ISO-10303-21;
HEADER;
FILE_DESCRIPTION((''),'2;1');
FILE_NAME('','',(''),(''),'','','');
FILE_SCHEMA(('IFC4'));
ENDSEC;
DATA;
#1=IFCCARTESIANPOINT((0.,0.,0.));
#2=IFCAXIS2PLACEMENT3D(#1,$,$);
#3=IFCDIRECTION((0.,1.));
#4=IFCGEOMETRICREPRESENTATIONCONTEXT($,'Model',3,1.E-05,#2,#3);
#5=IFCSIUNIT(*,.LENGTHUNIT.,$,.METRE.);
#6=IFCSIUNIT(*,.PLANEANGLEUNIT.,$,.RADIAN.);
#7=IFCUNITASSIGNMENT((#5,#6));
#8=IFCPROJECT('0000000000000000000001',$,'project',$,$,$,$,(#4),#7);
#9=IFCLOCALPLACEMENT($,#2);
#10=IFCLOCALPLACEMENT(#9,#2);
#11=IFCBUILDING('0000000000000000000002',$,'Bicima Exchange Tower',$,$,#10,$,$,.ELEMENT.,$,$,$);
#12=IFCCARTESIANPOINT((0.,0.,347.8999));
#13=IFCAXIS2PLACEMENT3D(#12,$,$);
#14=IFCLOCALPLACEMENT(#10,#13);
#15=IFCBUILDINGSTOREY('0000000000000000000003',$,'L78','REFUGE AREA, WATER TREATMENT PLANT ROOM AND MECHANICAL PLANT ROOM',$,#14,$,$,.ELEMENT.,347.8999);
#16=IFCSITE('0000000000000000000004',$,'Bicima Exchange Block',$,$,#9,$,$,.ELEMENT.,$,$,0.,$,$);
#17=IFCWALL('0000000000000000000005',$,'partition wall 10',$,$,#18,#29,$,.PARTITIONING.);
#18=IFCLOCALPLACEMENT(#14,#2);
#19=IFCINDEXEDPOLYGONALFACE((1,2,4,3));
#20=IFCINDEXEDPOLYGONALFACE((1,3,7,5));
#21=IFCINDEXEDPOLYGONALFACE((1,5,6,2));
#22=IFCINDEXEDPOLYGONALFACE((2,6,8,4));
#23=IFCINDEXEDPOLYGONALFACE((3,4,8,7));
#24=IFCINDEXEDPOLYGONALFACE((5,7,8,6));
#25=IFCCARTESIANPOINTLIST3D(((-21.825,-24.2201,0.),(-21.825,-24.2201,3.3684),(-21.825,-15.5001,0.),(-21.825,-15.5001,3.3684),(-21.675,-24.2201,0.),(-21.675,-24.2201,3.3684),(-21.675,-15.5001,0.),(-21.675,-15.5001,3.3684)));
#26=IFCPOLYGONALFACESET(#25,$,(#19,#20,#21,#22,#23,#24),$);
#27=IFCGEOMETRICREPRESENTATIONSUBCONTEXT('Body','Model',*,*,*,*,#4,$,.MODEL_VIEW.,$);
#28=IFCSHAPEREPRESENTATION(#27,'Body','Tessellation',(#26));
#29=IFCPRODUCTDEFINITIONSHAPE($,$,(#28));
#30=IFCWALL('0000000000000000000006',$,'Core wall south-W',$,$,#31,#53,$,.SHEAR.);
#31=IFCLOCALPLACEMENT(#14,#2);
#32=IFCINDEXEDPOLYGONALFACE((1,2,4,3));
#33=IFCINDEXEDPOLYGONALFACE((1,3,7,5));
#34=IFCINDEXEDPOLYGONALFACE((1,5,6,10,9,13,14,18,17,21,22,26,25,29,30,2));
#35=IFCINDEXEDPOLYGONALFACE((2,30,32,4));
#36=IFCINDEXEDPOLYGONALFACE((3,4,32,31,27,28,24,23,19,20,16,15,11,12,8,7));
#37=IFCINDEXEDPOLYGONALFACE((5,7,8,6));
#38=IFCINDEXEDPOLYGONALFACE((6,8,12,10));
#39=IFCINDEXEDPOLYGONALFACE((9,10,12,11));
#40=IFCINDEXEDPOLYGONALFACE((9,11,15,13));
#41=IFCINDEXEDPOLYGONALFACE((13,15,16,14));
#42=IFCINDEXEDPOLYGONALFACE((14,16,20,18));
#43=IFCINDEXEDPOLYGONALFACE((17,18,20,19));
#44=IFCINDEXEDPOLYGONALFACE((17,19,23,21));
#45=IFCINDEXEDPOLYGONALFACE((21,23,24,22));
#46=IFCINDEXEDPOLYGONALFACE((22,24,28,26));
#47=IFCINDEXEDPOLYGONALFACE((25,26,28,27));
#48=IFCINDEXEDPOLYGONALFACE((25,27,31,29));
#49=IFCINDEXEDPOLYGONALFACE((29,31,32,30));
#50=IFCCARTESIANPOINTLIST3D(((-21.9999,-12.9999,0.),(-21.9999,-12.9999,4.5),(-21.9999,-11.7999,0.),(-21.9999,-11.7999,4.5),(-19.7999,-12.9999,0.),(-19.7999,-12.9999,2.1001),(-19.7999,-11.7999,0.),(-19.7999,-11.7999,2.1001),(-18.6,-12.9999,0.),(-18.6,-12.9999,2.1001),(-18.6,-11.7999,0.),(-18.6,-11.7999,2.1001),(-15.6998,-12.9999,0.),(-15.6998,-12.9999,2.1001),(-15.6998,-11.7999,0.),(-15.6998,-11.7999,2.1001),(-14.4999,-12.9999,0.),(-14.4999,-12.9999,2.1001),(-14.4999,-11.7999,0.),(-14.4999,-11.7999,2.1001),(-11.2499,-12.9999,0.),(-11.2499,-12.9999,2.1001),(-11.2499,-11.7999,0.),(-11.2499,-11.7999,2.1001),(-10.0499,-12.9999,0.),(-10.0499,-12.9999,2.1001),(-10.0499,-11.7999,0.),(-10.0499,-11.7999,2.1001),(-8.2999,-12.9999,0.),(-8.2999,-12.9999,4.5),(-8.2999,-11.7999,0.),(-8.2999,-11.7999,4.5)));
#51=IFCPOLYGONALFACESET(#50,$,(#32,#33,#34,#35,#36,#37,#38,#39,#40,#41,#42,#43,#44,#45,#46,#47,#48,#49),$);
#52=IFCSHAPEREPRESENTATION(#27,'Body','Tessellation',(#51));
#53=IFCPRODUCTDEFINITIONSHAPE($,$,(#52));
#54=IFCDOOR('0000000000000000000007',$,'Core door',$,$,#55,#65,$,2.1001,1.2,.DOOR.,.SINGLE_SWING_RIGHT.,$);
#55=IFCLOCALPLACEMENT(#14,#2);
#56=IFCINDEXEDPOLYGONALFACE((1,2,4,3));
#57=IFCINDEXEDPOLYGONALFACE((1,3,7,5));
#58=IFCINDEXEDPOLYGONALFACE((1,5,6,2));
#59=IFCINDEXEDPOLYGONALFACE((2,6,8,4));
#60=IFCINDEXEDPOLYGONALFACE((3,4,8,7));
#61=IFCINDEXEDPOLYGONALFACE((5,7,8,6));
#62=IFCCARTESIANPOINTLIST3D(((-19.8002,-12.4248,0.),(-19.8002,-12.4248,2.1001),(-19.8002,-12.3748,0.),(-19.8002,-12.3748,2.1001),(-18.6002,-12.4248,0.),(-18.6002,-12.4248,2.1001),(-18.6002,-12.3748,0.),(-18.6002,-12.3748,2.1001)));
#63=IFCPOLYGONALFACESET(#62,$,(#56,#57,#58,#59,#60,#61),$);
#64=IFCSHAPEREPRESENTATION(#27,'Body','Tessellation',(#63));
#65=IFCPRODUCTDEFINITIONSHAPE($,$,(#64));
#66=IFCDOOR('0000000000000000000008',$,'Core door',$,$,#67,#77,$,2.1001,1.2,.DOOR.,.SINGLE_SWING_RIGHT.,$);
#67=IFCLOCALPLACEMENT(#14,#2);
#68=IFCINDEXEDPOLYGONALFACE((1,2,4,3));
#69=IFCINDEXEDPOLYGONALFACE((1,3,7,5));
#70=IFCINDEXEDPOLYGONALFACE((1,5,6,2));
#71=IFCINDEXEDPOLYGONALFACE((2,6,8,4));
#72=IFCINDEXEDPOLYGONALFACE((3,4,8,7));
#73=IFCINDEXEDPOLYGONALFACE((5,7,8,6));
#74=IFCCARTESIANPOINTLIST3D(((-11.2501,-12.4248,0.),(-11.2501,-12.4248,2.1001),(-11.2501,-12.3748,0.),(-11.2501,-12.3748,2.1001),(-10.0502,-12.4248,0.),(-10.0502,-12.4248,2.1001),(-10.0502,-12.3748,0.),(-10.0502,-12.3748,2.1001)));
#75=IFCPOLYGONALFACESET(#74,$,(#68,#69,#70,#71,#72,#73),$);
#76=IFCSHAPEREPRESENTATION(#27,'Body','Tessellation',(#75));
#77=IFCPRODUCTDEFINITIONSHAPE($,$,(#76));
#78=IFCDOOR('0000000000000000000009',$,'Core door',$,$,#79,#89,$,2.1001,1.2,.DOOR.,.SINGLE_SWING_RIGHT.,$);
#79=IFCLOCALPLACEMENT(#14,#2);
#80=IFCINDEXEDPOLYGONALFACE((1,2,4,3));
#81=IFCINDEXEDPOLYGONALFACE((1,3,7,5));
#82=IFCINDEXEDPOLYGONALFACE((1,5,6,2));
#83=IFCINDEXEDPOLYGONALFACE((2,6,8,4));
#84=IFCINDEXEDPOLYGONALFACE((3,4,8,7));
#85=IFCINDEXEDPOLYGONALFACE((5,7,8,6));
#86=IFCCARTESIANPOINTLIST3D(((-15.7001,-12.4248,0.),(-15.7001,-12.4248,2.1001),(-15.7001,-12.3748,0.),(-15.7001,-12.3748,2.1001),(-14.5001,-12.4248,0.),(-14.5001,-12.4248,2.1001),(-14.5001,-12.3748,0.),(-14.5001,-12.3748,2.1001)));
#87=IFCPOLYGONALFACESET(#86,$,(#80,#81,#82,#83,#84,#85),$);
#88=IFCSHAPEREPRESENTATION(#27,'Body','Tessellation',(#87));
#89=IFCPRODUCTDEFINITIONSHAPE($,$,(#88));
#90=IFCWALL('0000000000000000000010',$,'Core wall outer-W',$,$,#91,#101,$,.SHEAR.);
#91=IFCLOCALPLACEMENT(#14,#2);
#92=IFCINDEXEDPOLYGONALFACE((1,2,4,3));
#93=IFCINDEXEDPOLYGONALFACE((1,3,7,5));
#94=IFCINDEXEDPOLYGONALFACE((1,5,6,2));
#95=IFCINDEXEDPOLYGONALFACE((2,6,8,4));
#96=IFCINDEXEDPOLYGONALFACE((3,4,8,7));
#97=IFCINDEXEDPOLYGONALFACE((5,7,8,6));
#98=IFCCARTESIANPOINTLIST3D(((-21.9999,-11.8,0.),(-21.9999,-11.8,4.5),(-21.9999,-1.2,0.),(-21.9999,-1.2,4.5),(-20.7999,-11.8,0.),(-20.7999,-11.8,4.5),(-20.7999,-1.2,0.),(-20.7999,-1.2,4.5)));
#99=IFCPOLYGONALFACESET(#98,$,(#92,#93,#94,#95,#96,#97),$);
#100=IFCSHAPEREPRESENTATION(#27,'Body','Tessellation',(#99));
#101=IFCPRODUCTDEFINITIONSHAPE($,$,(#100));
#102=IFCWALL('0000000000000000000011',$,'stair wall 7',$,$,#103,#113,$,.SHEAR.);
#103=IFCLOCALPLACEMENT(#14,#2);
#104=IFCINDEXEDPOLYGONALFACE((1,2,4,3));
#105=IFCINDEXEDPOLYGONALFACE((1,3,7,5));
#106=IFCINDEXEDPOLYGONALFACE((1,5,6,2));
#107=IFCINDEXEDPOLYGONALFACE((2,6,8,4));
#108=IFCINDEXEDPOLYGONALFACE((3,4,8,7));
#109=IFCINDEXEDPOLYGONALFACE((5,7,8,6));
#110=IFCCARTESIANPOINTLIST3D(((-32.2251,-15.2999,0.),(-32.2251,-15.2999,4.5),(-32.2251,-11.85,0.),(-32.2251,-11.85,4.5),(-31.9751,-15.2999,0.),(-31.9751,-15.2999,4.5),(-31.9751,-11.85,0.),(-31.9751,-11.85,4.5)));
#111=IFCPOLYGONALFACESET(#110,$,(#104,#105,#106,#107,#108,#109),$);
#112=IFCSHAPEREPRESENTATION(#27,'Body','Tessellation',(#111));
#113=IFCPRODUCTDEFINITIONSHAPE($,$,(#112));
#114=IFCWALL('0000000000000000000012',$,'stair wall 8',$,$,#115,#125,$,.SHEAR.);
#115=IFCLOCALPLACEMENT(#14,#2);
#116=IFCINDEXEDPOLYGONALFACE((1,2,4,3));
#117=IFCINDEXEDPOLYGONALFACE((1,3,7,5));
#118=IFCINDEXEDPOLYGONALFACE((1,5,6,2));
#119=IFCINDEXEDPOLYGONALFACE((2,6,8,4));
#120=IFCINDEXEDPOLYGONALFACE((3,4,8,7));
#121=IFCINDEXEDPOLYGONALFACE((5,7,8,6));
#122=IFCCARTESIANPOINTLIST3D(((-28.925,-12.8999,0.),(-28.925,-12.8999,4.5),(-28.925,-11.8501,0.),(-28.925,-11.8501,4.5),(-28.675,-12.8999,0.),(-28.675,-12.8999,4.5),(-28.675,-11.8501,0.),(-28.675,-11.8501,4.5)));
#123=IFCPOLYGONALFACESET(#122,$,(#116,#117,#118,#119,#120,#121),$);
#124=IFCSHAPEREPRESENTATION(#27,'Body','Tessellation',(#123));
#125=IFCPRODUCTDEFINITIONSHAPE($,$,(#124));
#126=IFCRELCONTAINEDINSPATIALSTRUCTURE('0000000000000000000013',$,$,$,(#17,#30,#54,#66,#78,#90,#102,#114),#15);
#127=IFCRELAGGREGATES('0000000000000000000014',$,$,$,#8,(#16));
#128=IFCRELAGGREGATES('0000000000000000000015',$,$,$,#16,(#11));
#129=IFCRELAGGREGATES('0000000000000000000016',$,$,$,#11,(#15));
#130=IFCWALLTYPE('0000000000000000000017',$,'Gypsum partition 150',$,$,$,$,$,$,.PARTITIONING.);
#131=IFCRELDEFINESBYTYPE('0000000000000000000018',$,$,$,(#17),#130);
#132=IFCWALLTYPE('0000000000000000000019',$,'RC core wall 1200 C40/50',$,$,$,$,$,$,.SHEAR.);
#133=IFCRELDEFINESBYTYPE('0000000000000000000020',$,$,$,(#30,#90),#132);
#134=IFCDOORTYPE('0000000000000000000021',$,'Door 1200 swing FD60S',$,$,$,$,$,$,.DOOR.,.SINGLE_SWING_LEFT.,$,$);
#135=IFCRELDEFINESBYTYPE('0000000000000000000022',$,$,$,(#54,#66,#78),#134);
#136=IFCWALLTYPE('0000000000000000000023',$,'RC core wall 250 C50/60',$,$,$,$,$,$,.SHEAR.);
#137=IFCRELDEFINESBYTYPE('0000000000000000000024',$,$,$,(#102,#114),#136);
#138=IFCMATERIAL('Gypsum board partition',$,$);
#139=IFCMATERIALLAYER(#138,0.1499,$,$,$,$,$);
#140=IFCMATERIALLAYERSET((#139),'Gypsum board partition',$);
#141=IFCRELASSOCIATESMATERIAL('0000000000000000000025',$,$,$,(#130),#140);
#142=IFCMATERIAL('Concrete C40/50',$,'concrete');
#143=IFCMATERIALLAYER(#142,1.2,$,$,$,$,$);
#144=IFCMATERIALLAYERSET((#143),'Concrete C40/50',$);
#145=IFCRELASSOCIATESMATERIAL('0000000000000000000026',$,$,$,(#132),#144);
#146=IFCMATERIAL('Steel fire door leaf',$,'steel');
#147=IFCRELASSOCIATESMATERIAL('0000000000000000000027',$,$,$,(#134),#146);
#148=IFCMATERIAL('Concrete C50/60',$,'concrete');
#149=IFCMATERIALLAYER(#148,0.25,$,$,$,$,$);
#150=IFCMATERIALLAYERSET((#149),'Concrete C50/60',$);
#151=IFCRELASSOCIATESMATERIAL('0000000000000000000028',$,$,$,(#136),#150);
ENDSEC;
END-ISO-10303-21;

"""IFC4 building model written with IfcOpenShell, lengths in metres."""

from ifc_helpers import new_model, si_unit, direction, frame, frame_2d, origin, place, context, subcontext, project, spatial, rectangle, extrude, material, layer, layer_set, type_object, element, fill, save


model = new_model("IFC4")

# Units and contexts
model_context = context("Model", 3, precision=1e-05, world=origin(), true_north=direction((0.0, 1.0)))
body_context = subcontext(model_context, "Body", "Model", "MODEL_VIEW")
ifc_project = project(units=[si_unit("LENGTHUNIT", "METRE"), si_unit("PLANEANGLEUNIT", "RADIAN")], contexts=[model_context])

# Site, building, storey
site_placement = place(None, origin())
site = spatial("IfcSite", under=ifc_project, at=site_placement, Name="Bicima Exchange Block", CompositionType="ELEMENT", RefElevation=0.0)
building_placement = place(site_placement, origin())
building = spatial("IfcBuilding", under=site, at=building_placement, Name="Bicima Exchange Tower", CompositionType="ELEMENT")
storey_placement = place(building_placement, frame((0.0, 0.0, 347.8999)))
storey = spatial("IfcBuildingStorey", under=building, at=storey_placement, Name="L78", Description="REFUGE AREA, WATER TREATMENT PLANT ROOM AND MECHANICAL PLANT ROOM", CompositionType="ELEMENT", Elevation=347.8999)

# Shared definitions
ifc_material_1 = material(Name="Gypsum board partition")
ifc_material_2 = material(Name="Steel fire door leaf", Category="steel")

# Wall
ifc_layer_1 = layer(ifc_material_1, 0.1499)
ifc_layer_set_1 = layer_set([ifc_layer_1], Name="Gypsum board partition")
wall_type_1 = type_object("IfcWallType", Name="Gypsum partition 150", PredefinedType="PARTITIONING", material=ifc_layer_set_1)
for number, where, z_axis, x_axis, name in (
    (1, (-21.75, -24.22, 0.0), (0.0, 0.0, 1.0), (0.0, 1.0, 0.0), "partition wall 10"),
):
    element("IfcWall", number, at=place(storey_placement, frame(where, z_axis=z_axis, x_axis=x_axis)), inside=storey, type_object=wall_type_1, Name=name, PredefinedType="PARTITIONING", context=body_context, shape_type="SweptSolid", body=[
        extrude(rectangle(XDim=8.72, YDim=0.1499, at=frame_2d((4.3599, 0.0))), origin(), (0.0, 0.0, 1.0), 3.3684),
    ])

# Wall, openings, doors
ifc_material_3 = material(Name="Concrete C40/50", Category="concrete")
ifc_layer_2 = layer(ifc_material_3, 1.2)
ifc_layer_set_2 = layer_set([ifc_layer_2], Name="Concrete C40/50")
wall_type_2 = type_object("IfcWallType", Name="RC core wall 1200 C40/50", PredefinedType="SHEAR", material=ifc_layer_set_2)
wall_1_placement = place(storey_placement, frame((-22.0, -12.3999, 0.0), z_axis=(0.0, 0.0, 1.0), x_axis=(1.0, 0.0, 0.0)))
wall_1 = element("IfcWall", 2, at=wall_1_placement, inside=storey, type_object=wall_type_2, Name="Core wall south-W", PredefinedType="SHEAR", context=body_context, shape_type="SweptSolid", body=[
    extrude(rectangle(XDim=13.7, YDim=1.2, at=frame_2d((6.8501, 0.0))), origin(), (0.0, 0.0, 1.0), 4.5),
])
opening_1_placement = place(wall_1_placement, frame((2.2, 0.0, 0.0)))
opening_1 = element("IfcOpeningElement", 3, at=opening_1_placement, cuts=wall_1, PredefinedType="OPENING", context=body_context, shape_type="SweptSolid", body=[
    extrude(rectangle(XDim=1.2, YDim=2.1001, at=frame_2d((0.6001, 1.05))), frame((0.0, 0.6118, 0.0), z_axis=(0.0, -1.0, 0.0), x_axis=(1.0, 0.0, 0.0)), (0.0, 0.0, 1.0), 1.2239),
])
opening_2_placement = place(wall_1_placement, frame((10.75, 0.0, 0.0)))
opening_2 = element("IfcOpeningElement", 4, at=opening_2_placement, cuts=wall_1, PredefinedType="OPENING", context=body_context, shape_type="SweptSolid", body=[
    extrude(rectangle(XDim=1.2, YDim=2.1001, at=frame_2d((0.6001, 1.05))), frame((0.0, 0.6118, 0.0), z_axis=(0.0, -1.0, 0.0), x_axis=(1.0, 0.0, 0.0)), (0.0, 0.0, 1.0), 1.2239),
])
opening_3_placement = place(wall_1_placement, frame((6.3, 0.0, 0.0)))
opening_3 = element("IfcOpeningElement", 5, at=opening_3_placement, cuts=wall_1, PredefinedType="OPENING", context=body_context, shape_type="SweptSolid", body=[
    extrude(rectangle(XDim=1.2, YDim=2.1001, at=frame_2d((0.6001, 1.05))), frame((0.0, 0.6118, 0.0), z_axis=(0.0, -1.0, 0.0), x_axis=(1.0, 0.0, 0.0)), (0.0, 0.0, 1.0), 1.2239),
])
door_type_1 = type_object("IfcDoorType", Name="Door 1200 swing FD60S", OperationType="SINGLE_SWING_LEFT", PredefinedType="DOOR", material=ifc_material_2)
door_1_placement = place(opening_1_placement, frame((1.2, 0.0, 0.0), z_axis=(0.0, 0.0, 1.0), x_axis=(-1.0, 0.0, 0.0)))
door_1 = element("IfcDoor", 6, at=door_1_placement, inside=storey, type_object=door_type_1, Name="Core door", OperationType="SINGLE_SWING_RIGHT", OverallHeight=2.1001, OverallWidth=1.2, PredefinedType="DOOR", context=body_context, shape_type="SweptSolid", body=[
    extrude(rectangle(XDim=1.2, YDim=2.1001, at=frame_2d((0.6001, 1.05))), frame((0.0, 0.0249, 0.0), z_axis=(0.0, -1.0, 0.0), x_axis=(1.0, 0.0, 0.0)), (0.0, 0.0, 1.0), 0.05),
])
fill(opening_1, door_1)
door_2_placement = place(opening_2_placement, frame((1.2, 0.0, 0.0), z_axis=(0.0, 0.0, 1.0), x_axis=(-1.0, 0.0, 0.0)))
door_2 = element("IfcDoor", 7, at=door_2_placement, inside=storey, type_object=door_type_1, Name="Core door", OperationType="SINGLE_SWING_RIGHT", OverallHeight=2.1001, OverallWidth=1.2, PredefinedType="DOOR", context=body_context, shape_type="SweptSolid", body=[
    extrude(rectangle(XDim=1.2, YDim=2.1001, at=frame_2d((0.6001, 1.05))), frame((0.0, 0.0249, 0.0), z_axis=(0.0, -1.0, 0.0), x_axis=(1.0, 0.0, 0.0)), (0.0, 0.0, 1.0), 0.05),
])
fill(opening_2, door_2)
door_3_placement = place(opening_3_placement, frame((1.2, 0.0, 0.0), z_axis=(0.0, 0.0, 1.0), x_axis=(-1.0, 0.0, 0.0)))
door_3 = element("IfcDoor", 8, at=door_3_placement, inside=storey, type_object=door_type_1, Name="Core door", OperationType="SINGLE_SWING_RIGHT", OverallHeight=2.1001, OverallWidth=1.2, PredefinedType="DOOR", context=body_context, shape_type="SweptSolid", body=[
    extrude(rectangle(XDim=1.2, YDim=2.1001, at=frame_2d((0.6001, 1.05))), frame((0.0, 0.0249, 0.0), z_axis=(0.0, -1.0, 0.0), x_axis=(1.0, 0.0, 0.0)), (0.0, 0.0, 1.0), 0.05),
])
fill(opening_3, door_3)

# Walls
wall_2_placement = place(storey_placement, frame((-21.3999, -11.8, 0.0), z_axis=(0.0, 0.0, 1.0), x_axis=(0.0, 1.0, 0.0)))
element("IfcWall", 9, at=wall_2_placement, inside=storey, type_object=wall_type_2, Name="Core wall outer-W", PredefinedType="SHEAR", context=body_context, shape_type="SweptSolid", body=[
    extrude(rectangle(XDim=10.6001, YDim=1.2, at=frame_2d((5.3, 0.0))), origin(), (0.0, 0.0, 1.0), 4.5),
])
ifc_material_4 = material(Name="Concrete C50/60", Category="concrete")
ifc_layer_3 = layer(ifc_material_4, 0.25)
ifc_layer_set_3 = layer_set([ifc_layer_3], Name="Concrete C50/60")
wall_type_3 = type_object("IfcWallType", Name="RC core wall 250 C50/60", PredefinedType="SHEAR", material=ifc_layer_set_3)
wall_3_placement = place(storey_placement, frame((-32.1001, -15.3, 0.0), z_axis=(0.0, 0.0, 1.0), x_axis=(0.0, 1.0, 0.0)))
element("IfcWall", 10, at=wall_3_placement, inside=storey, type_object=wall_type_3, Name="stair wall 7", PredefinedType="SHEAR", context=body_context, shape_type="SweptSolid", body=[
    extrude(rectangle(XDim=3.45, YDim=0.25, at=frame_2d((1.7251, 0.0))), origin(), (0.0, 0.0, 1.0), 4.5),
])
wall_4_placement = place(storey_placement, frame((-28.8, -12.8999, 0.0), z_axis=(0.0, 0.0, 1.0), x_axis=(0.0, 1.0, 0.0)))
element("IfcWall", 11, at=wall_4_placement, inside=storey, type_object=wall_type_3, Name="stair wall 8", PredefinedType="SHEAR", context=body_context, shape_type="SweptSolid", body=[
    extrude(rectangle(XDim=1.0498, YDim=0.25, at=frame_2d((0.5249, 0.0))), origin(), (0.0, 0.0, 1.0), 4.5),
])

save(model, "model.ifc")
